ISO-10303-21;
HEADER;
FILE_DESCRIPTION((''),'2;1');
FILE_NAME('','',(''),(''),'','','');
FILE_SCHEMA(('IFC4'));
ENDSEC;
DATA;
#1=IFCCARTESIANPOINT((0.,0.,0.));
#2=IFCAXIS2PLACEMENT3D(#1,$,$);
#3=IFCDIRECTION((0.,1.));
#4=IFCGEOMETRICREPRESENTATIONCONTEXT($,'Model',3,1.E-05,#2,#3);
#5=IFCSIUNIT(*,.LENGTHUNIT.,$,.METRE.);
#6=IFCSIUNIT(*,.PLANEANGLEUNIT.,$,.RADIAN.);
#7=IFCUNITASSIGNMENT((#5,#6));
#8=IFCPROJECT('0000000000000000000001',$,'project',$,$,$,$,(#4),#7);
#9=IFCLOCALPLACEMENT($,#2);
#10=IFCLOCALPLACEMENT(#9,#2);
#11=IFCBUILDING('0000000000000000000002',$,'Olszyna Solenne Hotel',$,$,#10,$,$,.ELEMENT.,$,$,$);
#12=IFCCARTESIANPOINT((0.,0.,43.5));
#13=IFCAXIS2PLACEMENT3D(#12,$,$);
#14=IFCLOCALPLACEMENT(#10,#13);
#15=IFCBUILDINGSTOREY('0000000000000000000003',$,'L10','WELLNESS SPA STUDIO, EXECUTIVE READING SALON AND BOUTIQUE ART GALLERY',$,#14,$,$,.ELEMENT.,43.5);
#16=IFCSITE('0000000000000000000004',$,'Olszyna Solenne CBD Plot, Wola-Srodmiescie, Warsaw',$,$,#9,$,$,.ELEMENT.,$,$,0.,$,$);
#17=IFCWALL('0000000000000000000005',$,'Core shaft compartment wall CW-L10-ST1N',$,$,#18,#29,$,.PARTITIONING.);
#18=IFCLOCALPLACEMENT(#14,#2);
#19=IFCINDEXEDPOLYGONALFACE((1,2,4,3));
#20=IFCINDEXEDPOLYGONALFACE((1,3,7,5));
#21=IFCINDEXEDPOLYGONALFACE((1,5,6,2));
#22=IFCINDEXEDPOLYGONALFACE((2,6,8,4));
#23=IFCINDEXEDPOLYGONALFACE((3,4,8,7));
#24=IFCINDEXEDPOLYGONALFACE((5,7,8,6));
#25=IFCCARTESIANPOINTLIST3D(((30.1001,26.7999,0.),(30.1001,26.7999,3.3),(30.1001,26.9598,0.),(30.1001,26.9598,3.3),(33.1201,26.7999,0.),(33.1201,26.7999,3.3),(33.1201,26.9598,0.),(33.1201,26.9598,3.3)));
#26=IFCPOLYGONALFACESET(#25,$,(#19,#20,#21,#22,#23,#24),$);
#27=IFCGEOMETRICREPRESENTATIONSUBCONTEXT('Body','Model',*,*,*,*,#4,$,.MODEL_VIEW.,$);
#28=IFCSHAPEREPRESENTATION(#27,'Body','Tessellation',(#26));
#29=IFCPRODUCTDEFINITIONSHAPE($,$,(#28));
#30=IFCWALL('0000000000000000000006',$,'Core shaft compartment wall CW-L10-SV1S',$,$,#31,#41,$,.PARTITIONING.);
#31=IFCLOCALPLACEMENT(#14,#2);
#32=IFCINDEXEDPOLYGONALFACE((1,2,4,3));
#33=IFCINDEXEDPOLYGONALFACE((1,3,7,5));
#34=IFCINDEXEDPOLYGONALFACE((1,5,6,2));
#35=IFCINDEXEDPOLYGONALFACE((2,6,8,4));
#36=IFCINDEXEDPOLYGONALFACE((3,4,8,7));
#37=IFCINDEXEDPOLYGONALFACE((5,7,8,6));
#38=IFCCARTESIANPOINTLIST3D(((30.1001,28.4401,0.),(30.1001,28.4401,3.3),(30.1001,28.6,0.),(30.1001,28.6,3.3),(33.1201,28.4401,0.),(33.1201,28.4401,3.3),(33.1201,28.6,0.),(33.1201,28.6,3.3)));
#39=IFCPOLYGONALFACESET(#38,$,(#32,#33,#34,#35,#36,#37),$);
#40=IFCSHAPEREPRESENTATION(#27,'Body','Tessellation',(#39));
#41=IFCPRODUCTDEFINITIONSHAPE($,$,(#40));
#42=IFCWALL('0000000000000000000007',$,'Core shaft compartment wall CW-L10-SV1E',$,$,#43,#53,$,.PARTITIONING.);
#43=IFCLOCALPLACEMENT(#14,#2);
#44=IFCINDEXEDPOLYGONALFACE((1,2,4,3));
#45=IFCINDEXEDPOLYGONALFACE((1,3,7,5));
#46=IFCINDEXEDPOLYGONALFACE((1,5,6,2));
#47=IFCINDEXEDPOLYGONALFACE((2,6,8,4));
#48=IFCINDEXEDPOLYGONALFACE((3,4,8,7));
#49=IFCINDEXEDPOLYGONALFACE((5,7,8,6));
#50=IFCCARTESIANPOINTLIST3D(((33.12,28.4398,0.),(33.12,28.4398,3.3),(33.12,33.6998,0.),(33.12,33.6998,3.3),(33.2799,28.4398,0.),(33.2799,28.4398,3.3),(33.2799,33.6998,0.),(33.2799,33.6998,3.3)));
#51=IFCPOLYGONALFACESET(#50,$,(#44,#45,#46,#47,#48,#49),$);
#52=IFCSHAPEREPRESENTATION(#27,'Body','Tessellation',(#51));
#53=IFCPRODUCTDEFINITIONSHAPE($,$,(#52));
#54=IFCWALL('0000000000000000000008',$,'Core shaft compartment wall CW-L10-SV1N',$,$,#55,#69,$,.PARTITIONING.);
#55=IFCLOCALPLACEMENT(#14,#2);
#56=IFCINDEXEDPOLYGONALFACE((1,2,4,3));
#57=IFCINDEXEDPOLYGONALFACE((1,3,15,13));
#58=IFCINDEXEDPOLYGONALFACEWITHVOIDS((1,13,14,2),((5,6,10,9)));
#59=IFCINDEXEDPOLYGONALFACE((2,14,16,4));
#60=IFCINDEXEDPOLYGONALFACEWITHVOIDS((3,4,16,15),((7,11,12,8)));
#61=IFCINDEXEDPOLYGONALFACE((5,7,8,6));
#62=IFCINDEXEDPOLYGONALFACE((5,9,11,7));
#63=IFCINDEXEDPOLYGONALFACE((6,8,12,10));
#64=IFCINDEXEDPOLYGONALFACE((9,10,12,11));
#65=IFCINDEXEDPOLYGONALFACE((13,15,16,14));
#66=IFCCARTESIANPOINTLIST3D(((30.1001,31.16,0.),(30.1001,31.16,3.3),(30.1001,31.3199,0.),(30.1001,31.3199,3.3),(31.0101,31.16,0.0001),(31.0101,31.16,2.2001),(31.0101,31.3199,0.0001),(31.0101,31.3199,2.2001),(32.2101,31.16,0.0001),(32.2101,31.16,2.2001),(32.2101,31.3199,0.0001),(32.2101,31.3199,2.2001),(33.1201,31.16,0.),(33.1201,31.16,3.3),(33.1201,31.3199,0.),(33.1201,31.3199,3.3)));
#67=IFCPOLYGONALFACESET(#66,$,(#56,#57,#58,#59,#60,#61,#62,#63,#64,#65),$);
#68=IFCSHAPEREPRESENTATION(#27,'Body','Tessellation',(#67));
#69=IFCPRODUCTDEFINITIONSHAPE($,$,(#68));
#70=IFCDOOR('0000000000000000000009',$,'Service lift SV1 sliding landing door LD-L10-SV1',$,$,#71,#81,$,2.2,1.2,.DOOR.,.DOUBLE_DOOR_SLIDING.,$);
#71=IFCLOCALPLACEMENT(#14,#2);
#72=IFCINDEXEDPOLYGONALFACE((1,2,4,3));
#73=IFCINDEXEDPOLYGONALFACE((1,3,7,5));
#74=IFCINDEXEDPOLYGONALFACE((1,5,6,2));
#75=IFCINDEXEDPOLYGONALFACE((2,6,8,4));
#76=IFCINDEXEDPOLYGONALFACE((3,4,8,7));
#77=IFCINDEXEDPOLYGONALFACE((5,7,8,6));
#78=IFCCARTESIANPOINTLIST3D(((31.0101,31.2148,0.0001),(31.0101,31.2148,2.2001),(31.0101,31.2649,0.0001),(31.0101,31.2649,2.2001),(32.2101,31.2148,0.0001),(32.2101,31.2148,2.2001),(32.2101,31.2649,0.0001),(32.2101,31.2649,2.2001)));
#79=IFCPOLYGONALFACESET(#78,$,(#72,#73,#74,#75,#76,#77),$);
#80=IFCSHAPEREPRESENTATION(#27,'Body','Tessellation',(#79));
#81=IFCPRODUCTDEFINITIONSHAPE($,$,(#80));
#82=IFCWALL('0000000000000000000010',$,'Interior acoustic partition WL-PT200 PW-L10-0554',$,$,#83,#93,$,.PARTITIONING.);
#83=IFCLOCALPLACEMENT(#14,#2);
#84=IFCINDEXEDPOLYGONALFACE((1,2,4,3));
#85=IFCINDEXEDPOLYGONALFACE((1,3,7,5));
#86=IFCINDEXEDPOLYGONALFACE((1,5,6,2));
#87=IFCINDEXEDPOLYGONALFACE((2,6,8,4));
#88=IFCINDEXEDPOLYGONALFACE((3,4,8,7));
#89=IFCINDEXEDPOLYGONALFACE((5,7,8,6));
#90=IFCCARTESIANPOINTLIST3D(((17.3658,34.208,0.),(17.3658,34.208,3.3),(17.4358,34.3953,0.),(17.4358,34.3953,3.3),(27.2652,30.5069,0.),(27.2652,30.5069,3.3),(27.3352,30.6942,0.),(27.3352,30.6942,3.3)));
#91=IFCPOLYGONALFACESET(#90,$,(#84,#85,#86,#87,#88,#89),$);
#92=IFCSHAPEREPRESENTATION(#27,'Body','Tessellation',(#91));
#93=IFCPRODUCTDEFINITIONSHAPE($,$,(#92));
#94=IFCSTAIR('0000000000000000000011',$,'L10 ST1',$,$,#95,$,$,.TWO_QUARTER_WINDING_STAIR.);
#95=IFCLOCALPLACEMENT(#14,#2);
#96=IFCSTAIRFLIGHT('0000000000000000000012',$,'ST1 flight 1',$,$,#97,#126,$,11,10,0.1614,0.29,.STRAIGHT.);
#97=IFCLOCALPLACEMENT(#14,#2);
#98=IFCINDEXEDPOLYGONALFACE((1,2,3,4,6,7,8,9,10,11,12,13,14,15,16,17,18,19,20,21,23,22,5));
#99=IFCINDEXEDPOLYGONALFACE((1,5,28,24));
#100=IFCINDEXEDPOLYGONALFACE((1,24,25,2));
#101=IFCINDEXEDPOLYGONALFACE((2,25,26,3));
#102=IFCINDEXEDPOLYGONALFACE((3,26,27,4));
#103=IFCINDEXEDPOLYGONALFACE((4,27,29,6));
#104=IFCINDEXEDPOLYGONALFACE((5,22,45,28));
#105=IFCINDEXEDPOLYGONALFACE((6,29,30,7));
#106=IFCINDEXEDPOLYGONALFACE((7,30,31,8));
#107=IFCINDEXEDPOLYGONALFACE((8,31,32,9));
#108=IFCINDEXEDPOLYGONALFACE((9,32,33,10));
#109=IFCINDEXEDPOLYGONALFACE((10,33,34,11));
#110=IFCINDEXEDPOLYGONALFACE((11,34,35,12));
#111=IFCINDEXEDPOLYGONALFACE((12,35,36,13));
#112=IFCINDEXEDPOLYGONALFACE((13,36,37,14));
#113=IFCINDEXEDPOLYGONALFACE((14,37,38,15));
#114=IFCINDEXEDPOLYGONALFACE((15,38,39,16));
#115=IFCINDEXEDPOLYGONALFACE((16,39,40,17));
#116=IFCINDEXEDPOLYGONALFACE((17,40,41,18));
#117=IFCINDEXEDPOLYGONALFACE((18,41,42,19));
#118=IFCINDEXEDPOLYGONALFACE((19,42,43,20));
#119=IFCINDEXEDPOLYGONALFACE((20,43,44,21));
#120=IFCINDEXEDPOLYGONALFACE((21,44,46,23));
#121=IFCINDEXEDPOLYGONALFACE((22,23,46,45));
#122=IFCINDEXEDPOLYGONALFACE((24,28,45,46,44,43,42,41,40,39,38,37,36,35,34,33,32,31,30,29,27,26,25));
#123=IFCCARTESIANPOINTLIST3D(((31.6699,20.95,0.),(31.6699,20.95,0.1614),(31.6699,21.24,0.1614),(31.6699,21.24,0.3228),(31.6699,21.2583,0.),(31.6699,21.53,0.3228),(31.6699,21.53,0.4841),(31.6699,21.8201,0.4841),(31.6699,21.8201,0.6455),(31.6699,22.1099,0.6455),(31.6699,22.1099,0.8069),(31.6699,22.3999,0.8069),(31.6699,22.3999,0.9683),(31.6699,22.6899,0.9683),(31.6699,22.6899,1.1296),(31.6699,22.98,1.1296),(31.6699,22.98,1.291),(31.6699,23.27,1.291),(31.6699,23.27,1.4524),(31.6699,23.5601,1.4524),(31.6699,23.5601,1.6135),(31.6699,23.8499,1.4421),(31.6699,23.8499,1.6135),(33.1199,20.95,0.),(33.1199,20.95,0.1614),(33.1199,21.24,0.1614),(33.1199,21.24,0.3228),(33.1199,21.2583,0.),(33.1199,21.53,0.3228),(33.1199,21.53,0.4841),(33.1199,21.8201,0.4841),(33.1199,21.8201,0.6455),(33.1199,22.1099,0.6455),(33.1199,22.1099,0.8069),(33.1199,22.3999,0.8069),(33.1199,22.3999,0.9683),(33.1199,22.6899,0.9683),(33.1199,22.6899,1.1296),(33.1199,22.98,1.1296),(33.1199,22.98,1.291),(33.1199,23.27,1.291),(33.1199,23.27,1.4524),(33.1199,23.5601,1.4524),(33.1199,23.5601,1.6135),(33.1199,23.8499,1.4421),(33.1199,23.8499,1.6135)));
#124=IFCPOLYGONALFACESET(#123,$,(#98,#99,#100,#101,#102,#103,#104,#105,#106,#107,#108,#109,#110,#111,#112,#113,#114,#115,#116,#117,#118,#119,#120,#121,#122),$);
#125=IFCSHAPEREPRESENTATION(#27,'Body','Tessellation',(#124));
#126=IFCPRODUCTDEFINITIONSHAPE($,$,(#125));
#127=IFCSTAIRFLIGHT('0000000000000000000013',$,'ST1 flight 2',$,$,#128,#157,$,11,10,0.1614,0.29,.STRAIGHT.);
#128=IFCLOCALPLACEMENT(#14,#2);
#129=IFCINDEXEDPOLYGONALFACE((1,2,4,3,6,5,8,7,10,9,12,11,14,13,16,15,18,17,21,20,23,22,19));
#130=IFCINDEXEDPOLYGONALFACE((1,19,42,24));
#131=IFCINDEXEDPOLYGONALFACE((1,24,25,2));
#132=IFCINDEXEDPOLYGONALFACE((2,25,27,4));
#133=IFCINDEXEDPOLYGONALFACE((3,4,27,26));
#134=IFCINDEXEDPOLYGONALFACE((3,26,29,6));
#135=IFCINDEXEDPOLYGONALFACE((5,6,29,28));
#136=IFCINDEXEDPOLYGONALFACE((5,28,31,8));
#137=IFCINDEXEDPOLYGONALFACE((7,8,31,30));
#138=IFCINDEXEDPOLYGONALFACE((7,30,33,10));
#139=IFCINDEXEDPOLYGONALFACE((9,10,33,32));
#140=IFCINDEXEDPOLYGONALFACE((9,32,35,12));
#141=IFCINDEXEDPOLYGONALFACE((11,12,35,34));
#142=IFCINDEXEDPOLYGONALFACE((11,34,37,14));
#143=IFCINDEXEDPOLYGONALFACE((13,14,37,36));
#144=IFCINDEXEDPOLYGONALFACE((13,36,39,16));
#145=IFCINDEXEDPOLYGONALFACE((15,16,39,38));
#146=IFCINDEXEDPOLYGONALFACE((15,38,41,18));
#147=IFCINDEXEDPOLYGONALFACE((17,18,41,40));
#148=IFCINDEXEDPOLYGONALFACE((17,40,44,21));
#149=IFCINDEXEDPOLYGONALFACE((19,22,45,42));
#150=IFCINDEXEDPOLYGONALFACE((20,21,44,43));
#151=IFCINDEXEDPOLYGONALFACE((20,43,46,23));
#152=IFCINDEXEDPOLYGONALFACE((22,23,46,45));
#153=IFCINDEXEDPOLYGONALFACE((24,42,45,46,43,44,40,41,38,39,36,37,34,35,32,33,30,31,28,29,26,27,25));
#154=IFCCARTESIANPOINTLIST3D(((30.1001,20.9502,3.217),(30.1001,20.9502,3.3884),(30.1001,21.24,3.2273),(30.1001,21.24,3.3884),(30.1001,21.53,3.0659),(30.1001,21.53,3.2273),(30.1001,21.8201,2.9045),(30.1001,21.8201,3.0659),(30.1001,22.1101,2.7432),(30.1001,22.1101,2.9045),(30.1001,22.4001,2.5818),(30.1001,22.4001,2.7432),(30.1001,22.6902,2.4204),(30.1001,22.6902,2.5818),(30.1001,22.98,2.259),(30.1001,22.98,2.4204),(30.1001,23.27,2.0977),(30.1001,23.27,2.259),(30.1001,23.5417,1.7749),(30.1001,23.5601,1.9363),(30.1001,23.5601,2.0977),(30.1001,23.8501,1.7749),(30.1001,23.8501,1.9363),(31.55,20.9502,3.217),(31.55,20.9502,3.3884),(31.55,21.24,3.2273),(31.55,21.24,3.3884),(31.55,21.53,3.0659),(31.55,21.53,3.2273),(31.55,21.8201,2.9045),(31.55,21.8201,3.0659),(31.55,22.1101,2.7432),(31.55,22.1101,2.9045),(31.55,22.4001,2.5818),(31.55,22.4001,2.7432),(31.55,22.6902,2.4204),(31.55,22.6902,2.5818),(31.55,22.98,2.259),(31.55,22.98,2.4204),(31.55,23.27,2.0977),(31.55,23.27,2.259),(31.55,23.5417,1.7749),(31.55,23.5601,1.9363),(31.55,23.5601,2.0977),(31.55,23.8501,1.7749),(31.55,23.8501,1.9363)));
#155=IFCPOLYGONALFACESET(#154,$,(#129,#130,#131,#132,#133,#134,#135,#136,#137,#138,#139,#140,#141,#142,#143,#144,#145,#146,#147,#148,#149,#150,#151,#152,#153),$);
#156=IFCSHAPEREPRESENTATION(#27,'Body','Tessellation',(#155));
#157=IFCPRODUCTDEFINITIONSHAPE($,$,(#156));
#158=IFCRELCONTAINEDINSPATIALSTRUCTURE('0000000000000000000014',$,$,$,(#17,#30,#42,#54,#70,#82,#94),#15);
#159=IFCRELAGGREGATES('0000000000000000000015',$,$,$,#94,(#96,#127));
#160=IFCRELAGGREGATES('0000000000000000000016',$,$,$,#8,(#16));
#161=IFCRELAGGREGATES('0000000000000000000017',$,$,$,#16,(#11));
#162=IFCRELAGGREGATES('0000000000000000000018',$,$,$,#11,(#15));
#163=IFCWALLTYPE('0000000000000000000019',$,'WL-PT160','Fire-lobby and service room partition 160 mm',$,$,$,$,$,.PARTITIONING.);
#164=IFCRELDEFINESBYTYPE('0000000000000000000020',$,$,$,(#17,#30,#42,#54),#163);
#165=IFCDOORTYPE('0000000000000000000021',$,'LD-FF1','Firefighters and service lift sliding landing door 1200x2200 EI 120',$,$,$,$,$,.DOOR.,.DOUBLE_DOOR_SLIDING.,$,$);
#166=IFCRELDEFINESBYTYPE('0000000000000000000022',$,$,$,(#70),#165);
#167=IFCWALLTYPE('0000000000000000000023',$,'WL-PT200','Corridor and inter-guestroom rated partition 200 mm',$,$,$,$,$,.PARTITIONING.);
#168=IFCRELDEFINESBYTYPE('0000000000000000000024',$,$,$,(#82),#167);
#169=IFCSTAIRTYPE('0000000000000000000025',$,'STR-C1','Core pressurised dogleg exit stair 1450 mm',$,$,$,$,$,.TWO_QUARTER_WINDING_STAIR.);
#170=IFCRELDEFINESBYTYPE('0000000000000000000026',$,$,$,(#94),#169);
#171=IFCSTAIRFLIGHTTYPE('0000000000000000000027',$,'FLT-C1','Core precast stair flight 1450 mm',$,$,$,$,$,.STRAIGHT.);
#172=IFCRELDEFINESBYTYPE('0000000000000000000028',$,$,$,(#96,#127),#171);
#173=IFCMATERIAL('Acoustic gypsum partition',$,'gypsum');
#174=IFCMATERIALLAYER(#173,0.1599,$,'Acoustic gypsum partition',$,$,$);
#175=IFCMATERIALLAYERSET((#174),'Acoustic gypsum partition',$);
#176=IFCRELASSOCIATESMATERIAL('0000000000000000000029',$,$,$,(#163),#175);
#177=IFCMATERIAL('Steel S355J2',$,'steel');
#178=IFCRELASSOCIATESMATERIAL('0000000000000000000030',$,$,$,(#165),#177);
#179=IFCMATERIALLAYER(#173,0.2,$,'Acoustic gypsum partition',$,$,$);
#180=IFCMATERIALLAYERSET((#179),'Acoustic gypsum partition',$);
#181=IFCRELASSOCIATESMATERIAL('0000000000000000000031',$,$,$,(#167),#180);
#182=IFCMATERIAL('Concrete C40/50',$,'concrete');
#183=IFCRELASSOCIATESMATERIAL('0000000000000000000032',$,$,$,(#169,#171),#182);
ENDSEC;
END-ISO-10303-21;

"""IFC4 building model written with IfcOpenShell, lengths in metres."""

from ifc_helpers import new_model, si_unit, direction, frame, frame_2d, origin, place, context, subcontext, project, spatial, polyline, rectangle, outline, extrude, source, transform, mapped, material, layer, layer_set, type_object, type_shapes, element, fill, aggregate, save


model = new_model("IFC4")

# Units and contexts
model_context = context("Model", 3, precision=1e-05, world=origin(), true_north=direction((0.0, 1.0)))
body_context = subcontext(model_context, "Body", "Model", "MODEL_VIEW")
ifc_project = project(units=[si_unit("LENGTHUNIT", "METRE"), si_unit("PLANEANGLEUNIT", "RADIAN")], contexts=[model_context])

# Site, building, storey
site_placement = place(None, origin())
site = spatial("IfcSite", under=ifc_project, at=site_placement, Name="Olszyna Solenne CBD Plot, Wola-Srodmiescie, Warsaw", CompositionType="ELEMENT", RefElevation=0.0)
building_placement = place(site_placement, origin())
building = spatial("IfcBuilding", under=site, at=building_placement, Name="Olszyna Solenne Hotel", CompositionType="ELEMENT")
storey_placement = place(building_placement, frame((0.0, 0.0, 43.5)))
storey = spatial("IfcBuildingStorey", under=building, at=storey_placement, Name="L10", Description="WELLNESS SPA STUDIO, EXECUTIVE READING SALON AND BOUTIQUE ART GALLERY", CompositionType="ELEMENT", Elevation=43.5)

# Shared definitions
ifc_material_1 = material(Name="Steel S355J2", Category="steel")

# Walls
ifc_material_2 = material(Name="Acoustic gypsum partition", Category="gypsum")
ifc_layer_1 = layer(ifc_material_2, 0.1599, Name="Acoustic gypsum partition")
ifc_layer_set_1 = layer_set([ifc_layer_1], Name="Acoustic gypsum partition")
wall_type_1 = type_object("IfcWallType", Name="WL-PT160", Description="Fire-lobby and service room partition 160 mm", PredefinedType="PARTITIONING", material=ifc_layer_set_1)
for number, where, z_axis, x_axis, name in (
    (1, (30.1001, 26.8799, 0.0), (0.0, 0.0, 1.0), (1.0, 0.0, 0.0), "Core shaft compartment wall CW-L10-ST1N"),
    (2, (30.1001, 28.52, 0.0), (0.0, 0.0, 1.0), (1.0, 0.0, 0.0), "Core shaft compartment wall CW-L10-SV1S"),
):
    element("IfcWall", number, at=place(storey_placement, frame(where, z_axis=z_axis, x_axis=x_axis)), inside=storey, type_object=wall_type_1, Name=name, PredefinedType="PARTITIONING", context=body_context, shape_type="SweptSolid", body=[
        extrude(rectangle(XDim=3.02, YDim=0.1599, at=frame_2d((1.51, 0.0))), origin(), (0.0, 0.0, 1.0), 3.3),
    ])
wall_1_placement = place(storey_placement, frame((33.2, 28.4399, 0.0), z_axis=(0.0, 0.0, 1.0), x_axis=(0.0, 1.0, 0.0)))
element("IfcWall", 3, at=wall_1_placement, inside=storey, type_object=wall_type_1, Name="Core shaft compartment wall CW-L10-SV1E", PredefinedType="PARTITIONING", context=body_context, shape_type="SweptSolid", body=[
    extrude(rectangle(XDim=5.26, YDim=0.1599, at=frame_2d((2.6299, 0.0))), origin(), (0.0, 0.0, 1.0), 3.3),
])

# Wall, opening, door
wall_2_placement = place(storey_placement, frame((30.1001, 31.24, 0.0), z_axis=(0.0, 0.0, 1.0), x_axis=(1.0, 0.0, 0.0)))
wall_2 = element("IfcWall", 4, at=wall_2_placement, inside=storey, type_object=wall_type_1, Name="Core shaft compartment wall CW-L10-SV1N", PredefinedType="PARTITIONING", context=body_context, shape_type="SweptSolid", body=[
    extrude(rectangle(XDim=3.02, YDim=0.1599, at=frame_2d((1.51, 0.0))), origin(), (0.0, 0.0, 1.0), 3.3),
])
opening_1_placement = place(wall_2_placement, frame((0.9099, 0.0, 0.0)))
opening_1 = element("IfcOpeningElement", 5, at=opening_1_placement, cuts=wall_2, PredefinedType="OPENING", context=body_context, shape_type="SweptSolid", body=[
    extrude(rectangle(XDim=1.2, YDim=2.2, at=frame_2d((0.6001, 1.1001))), frame((0.0, 0.0898, 0.0), z_axis=(0.0, -1.0, 0.0), x_axis=(1.0, 0.0, 0.0)), (0.0, 0.0, 1.0), 0.1799),
])
door_type_1 = type_object("IfcDoorType", Name="LD-FF1", Description="Firefighters and service lift sliding landing door 1200x2200 EI 120", OperationType="DOUBLE_DOOR_SLIDING", PredefinedType="DOOR", material=ifc_material_1)
shared_shape_1 = source(origin(), body_context, "Body", "SweptSolid", [
    extrude(rectangle(XDim=1.2, YDim=2.2, at=frame_2d((0.6001, 1.1001))), frame((0.0, 0.0249, 0.0), z_axis=(0.0, -1.0, 0.0), x_axis=(1.0, 0.0, 0.0)), (0.0, 0.0, 1.0), 0.05),
])
type_shapes(door_type_1, [shared_shape_1])
door_1_placement = place(opening_1_placement, origin())
door_1 = element("IfcDoor", 6, at=door_1_placement, inside=storey, type_object=door_type_1, Name="Service lift SV1 sliding landing door LD-L10-SV1", OperationType="DOUBLE_DOOR_SLIDING", OverallHeight=2.2, OverallWidth=1.2, PredefinedType="DOOR", context=body_context, shape_type="MappedRepresentation", body=[
    mapped(shared_shape_1, transform((0.0, 0.0, 0.0), x_axis=(1.0, 0.0, 0.0), y_axis=(0.0, 1.0, 0.0), z_axis=(0.0, 0.0, 1.0), scale=1.0)),
])
fill(opening_1, door_1)

# Wall
ifc_layer_2 = layer(ifc_material_2, 0.2, Name="Acoustic gypsum partition")
ifc_layer_set_2 = layer_set([ifc_layer_2], Name="Acoustic gypsum partition")
wall_type_2 = type_object("IfcWallType", Name="WL-PT200", Description="Corridor and inter-guestroom rated partition 200 mm", PredefinedType="PARTITIONING", material=ifc_layer_set_2)
wall_3_placement = place(storey_placement, frame((27.3, 30.6006, 0.0), z_axis=(0.0, 0.0, 1.0), x_axis=(-0.936674, 0.350202, 0.0)))
element("IfcWall", 7, at=wall_3_placement, inside=storey, type_object=wall_type_2, Name="Interior acoustic partition WL-PT200 PW-L10-0554", PredefinedType="PARTITIONING", context=body_context, shape_type="SweptSolid", body=[
    extrude(rectangle(XDim=10.5686, YDim=0.2, at=frame_2d((5.2842, 0.0))), origin(), (0.0, 0.0, 1.0), 3.3),
])

# Stair, stair flights
ifc_material_3 = material(Name="Concrete C40/50", Category="concrete")
stair_type = type_object("IfcStairType", Name="STR-C1", Description="Core pressurised dogleg exit stair 1450 mm", PredefinedType="TWO_QUARTER_WINDING_STAIR", material=ifc_material_3)
stair_placement = place(storey_placement, origin())
stair = element("IfcStair", 8, at=stair_placement, inside=storey, type_object=stair_type, Name="L10 ST1", PredefinedType="TWO_QUARTER_WINDING_STAIR")
stair_flight_type = type_object("IfcStairFlightType", Name="FLT-C1", Description="Core precast stair flight 1450 mm", PredefinedType="STRAIGHT", material=ifc_material_3)
stair_flight_1_placement = place(storey_placement, frame((32.395, 20.95, 0.0), z_axis=(0.0, 0.0, 1.0), x_axis=(0.0, 1.0, 0.0)))
stair_flight_1 = element("IfcStairFlight", 9, at=stair_flight_1_placement, type_object=stair_flight_type, Name="ST1 flight 1", NumberOfRisers=11, NumberOfTreads=10, PredefinedType="STRAIGHT", RiserHeight=0.1614, TreadLength=0.29, context=body_context, shape_type="SweptSolid", body=[
    extrude(outline(polyline([(0.0, 0.0), (0.0, 0.1614), (0.29, 0.1614), (0.29, 0.3228), (0.5801, 0.3228), (0.5801, 0.4841), (0.8701, 0.4841), (0.8701, 0.6455), (1.1599, 0.6455), (1.1599, 0.8069), (1.45, 0.8069), (1.45, 0.9683), (1.74, 0.9683), (1.74, 1.1296), (2.03, 1.1296), (2.03, 1.291), (2.3201, 1.291), (2.3201, 1.4524), (2.6101, 1.4524), (2.6101, 1.6135), (2.8999, 1.6135), (2.8999, 1.7749), (2.8999, 1.4421), (0.3083, 0.0), (0.0, 0.0)])), frame((0.0, 0.7251, 0.0), z_axis=(0.0, -1.0, 0.0), x_axis=(1.0, 0.0, 0.0)), (0.0, 0.0, 1.0), 1.45),
])
stair_flight_2_placement = place(storey_placement, frame((30.825, 23.8501, 1.7749), z_axis=(0.0, 0.0, 1.0), x_axis=(0.0, -1.0, 0.0)))
stair_flight_2 = element("IfcStairFlight", 10, at=stair_flight_2_placement, type_object=stair_flight_type, Name="ST1 flight 2", NumberOfRisers=11, NumberOfTreads=10, PredefinedType="STRAIGHT", RiserHeight=0.1614, TreadLength=0.29, context=body_context, shape_type="SweptSolid", body=[
    extrude(outline(polyline([(0.0, 0.0), (0.0, 0.1614), (0.29, 0.1614), (0.29, 0.3228), (0.5801, 0.3228), (0.5801, 0.4841), (0.8701, 0.4841), (0.8701, 0.6455), (1.1599, 0.6455), (1.1599, 0.8069), (1.45, 0.8069), (1.45, 0.9683), (1.74, 0.9683), (1.74, 1.1296), (2.03, 1.1296), (2.03, 1.291), (2.3201, 1.291), (2.3201, 1.4524), (2.6101, 1.4524), (2.6101, 1.6135), (2.8999, 1.6135), (2.8999, 1.7749), (2.8999, 1.4421), (0.3083, 0.0), (0.0, 0.0)])), frame((0.0, 0.7251, 0.0), z_axis=(0.0, -1.0, 0.0), x_axis=(1.0, 0.0, 0.0)), (0.0, 0.0, 1.0), 1.45),
])
aggregate(stair, [stair_flight_1, stair_flight_2])

save(model, "model.ifc")
